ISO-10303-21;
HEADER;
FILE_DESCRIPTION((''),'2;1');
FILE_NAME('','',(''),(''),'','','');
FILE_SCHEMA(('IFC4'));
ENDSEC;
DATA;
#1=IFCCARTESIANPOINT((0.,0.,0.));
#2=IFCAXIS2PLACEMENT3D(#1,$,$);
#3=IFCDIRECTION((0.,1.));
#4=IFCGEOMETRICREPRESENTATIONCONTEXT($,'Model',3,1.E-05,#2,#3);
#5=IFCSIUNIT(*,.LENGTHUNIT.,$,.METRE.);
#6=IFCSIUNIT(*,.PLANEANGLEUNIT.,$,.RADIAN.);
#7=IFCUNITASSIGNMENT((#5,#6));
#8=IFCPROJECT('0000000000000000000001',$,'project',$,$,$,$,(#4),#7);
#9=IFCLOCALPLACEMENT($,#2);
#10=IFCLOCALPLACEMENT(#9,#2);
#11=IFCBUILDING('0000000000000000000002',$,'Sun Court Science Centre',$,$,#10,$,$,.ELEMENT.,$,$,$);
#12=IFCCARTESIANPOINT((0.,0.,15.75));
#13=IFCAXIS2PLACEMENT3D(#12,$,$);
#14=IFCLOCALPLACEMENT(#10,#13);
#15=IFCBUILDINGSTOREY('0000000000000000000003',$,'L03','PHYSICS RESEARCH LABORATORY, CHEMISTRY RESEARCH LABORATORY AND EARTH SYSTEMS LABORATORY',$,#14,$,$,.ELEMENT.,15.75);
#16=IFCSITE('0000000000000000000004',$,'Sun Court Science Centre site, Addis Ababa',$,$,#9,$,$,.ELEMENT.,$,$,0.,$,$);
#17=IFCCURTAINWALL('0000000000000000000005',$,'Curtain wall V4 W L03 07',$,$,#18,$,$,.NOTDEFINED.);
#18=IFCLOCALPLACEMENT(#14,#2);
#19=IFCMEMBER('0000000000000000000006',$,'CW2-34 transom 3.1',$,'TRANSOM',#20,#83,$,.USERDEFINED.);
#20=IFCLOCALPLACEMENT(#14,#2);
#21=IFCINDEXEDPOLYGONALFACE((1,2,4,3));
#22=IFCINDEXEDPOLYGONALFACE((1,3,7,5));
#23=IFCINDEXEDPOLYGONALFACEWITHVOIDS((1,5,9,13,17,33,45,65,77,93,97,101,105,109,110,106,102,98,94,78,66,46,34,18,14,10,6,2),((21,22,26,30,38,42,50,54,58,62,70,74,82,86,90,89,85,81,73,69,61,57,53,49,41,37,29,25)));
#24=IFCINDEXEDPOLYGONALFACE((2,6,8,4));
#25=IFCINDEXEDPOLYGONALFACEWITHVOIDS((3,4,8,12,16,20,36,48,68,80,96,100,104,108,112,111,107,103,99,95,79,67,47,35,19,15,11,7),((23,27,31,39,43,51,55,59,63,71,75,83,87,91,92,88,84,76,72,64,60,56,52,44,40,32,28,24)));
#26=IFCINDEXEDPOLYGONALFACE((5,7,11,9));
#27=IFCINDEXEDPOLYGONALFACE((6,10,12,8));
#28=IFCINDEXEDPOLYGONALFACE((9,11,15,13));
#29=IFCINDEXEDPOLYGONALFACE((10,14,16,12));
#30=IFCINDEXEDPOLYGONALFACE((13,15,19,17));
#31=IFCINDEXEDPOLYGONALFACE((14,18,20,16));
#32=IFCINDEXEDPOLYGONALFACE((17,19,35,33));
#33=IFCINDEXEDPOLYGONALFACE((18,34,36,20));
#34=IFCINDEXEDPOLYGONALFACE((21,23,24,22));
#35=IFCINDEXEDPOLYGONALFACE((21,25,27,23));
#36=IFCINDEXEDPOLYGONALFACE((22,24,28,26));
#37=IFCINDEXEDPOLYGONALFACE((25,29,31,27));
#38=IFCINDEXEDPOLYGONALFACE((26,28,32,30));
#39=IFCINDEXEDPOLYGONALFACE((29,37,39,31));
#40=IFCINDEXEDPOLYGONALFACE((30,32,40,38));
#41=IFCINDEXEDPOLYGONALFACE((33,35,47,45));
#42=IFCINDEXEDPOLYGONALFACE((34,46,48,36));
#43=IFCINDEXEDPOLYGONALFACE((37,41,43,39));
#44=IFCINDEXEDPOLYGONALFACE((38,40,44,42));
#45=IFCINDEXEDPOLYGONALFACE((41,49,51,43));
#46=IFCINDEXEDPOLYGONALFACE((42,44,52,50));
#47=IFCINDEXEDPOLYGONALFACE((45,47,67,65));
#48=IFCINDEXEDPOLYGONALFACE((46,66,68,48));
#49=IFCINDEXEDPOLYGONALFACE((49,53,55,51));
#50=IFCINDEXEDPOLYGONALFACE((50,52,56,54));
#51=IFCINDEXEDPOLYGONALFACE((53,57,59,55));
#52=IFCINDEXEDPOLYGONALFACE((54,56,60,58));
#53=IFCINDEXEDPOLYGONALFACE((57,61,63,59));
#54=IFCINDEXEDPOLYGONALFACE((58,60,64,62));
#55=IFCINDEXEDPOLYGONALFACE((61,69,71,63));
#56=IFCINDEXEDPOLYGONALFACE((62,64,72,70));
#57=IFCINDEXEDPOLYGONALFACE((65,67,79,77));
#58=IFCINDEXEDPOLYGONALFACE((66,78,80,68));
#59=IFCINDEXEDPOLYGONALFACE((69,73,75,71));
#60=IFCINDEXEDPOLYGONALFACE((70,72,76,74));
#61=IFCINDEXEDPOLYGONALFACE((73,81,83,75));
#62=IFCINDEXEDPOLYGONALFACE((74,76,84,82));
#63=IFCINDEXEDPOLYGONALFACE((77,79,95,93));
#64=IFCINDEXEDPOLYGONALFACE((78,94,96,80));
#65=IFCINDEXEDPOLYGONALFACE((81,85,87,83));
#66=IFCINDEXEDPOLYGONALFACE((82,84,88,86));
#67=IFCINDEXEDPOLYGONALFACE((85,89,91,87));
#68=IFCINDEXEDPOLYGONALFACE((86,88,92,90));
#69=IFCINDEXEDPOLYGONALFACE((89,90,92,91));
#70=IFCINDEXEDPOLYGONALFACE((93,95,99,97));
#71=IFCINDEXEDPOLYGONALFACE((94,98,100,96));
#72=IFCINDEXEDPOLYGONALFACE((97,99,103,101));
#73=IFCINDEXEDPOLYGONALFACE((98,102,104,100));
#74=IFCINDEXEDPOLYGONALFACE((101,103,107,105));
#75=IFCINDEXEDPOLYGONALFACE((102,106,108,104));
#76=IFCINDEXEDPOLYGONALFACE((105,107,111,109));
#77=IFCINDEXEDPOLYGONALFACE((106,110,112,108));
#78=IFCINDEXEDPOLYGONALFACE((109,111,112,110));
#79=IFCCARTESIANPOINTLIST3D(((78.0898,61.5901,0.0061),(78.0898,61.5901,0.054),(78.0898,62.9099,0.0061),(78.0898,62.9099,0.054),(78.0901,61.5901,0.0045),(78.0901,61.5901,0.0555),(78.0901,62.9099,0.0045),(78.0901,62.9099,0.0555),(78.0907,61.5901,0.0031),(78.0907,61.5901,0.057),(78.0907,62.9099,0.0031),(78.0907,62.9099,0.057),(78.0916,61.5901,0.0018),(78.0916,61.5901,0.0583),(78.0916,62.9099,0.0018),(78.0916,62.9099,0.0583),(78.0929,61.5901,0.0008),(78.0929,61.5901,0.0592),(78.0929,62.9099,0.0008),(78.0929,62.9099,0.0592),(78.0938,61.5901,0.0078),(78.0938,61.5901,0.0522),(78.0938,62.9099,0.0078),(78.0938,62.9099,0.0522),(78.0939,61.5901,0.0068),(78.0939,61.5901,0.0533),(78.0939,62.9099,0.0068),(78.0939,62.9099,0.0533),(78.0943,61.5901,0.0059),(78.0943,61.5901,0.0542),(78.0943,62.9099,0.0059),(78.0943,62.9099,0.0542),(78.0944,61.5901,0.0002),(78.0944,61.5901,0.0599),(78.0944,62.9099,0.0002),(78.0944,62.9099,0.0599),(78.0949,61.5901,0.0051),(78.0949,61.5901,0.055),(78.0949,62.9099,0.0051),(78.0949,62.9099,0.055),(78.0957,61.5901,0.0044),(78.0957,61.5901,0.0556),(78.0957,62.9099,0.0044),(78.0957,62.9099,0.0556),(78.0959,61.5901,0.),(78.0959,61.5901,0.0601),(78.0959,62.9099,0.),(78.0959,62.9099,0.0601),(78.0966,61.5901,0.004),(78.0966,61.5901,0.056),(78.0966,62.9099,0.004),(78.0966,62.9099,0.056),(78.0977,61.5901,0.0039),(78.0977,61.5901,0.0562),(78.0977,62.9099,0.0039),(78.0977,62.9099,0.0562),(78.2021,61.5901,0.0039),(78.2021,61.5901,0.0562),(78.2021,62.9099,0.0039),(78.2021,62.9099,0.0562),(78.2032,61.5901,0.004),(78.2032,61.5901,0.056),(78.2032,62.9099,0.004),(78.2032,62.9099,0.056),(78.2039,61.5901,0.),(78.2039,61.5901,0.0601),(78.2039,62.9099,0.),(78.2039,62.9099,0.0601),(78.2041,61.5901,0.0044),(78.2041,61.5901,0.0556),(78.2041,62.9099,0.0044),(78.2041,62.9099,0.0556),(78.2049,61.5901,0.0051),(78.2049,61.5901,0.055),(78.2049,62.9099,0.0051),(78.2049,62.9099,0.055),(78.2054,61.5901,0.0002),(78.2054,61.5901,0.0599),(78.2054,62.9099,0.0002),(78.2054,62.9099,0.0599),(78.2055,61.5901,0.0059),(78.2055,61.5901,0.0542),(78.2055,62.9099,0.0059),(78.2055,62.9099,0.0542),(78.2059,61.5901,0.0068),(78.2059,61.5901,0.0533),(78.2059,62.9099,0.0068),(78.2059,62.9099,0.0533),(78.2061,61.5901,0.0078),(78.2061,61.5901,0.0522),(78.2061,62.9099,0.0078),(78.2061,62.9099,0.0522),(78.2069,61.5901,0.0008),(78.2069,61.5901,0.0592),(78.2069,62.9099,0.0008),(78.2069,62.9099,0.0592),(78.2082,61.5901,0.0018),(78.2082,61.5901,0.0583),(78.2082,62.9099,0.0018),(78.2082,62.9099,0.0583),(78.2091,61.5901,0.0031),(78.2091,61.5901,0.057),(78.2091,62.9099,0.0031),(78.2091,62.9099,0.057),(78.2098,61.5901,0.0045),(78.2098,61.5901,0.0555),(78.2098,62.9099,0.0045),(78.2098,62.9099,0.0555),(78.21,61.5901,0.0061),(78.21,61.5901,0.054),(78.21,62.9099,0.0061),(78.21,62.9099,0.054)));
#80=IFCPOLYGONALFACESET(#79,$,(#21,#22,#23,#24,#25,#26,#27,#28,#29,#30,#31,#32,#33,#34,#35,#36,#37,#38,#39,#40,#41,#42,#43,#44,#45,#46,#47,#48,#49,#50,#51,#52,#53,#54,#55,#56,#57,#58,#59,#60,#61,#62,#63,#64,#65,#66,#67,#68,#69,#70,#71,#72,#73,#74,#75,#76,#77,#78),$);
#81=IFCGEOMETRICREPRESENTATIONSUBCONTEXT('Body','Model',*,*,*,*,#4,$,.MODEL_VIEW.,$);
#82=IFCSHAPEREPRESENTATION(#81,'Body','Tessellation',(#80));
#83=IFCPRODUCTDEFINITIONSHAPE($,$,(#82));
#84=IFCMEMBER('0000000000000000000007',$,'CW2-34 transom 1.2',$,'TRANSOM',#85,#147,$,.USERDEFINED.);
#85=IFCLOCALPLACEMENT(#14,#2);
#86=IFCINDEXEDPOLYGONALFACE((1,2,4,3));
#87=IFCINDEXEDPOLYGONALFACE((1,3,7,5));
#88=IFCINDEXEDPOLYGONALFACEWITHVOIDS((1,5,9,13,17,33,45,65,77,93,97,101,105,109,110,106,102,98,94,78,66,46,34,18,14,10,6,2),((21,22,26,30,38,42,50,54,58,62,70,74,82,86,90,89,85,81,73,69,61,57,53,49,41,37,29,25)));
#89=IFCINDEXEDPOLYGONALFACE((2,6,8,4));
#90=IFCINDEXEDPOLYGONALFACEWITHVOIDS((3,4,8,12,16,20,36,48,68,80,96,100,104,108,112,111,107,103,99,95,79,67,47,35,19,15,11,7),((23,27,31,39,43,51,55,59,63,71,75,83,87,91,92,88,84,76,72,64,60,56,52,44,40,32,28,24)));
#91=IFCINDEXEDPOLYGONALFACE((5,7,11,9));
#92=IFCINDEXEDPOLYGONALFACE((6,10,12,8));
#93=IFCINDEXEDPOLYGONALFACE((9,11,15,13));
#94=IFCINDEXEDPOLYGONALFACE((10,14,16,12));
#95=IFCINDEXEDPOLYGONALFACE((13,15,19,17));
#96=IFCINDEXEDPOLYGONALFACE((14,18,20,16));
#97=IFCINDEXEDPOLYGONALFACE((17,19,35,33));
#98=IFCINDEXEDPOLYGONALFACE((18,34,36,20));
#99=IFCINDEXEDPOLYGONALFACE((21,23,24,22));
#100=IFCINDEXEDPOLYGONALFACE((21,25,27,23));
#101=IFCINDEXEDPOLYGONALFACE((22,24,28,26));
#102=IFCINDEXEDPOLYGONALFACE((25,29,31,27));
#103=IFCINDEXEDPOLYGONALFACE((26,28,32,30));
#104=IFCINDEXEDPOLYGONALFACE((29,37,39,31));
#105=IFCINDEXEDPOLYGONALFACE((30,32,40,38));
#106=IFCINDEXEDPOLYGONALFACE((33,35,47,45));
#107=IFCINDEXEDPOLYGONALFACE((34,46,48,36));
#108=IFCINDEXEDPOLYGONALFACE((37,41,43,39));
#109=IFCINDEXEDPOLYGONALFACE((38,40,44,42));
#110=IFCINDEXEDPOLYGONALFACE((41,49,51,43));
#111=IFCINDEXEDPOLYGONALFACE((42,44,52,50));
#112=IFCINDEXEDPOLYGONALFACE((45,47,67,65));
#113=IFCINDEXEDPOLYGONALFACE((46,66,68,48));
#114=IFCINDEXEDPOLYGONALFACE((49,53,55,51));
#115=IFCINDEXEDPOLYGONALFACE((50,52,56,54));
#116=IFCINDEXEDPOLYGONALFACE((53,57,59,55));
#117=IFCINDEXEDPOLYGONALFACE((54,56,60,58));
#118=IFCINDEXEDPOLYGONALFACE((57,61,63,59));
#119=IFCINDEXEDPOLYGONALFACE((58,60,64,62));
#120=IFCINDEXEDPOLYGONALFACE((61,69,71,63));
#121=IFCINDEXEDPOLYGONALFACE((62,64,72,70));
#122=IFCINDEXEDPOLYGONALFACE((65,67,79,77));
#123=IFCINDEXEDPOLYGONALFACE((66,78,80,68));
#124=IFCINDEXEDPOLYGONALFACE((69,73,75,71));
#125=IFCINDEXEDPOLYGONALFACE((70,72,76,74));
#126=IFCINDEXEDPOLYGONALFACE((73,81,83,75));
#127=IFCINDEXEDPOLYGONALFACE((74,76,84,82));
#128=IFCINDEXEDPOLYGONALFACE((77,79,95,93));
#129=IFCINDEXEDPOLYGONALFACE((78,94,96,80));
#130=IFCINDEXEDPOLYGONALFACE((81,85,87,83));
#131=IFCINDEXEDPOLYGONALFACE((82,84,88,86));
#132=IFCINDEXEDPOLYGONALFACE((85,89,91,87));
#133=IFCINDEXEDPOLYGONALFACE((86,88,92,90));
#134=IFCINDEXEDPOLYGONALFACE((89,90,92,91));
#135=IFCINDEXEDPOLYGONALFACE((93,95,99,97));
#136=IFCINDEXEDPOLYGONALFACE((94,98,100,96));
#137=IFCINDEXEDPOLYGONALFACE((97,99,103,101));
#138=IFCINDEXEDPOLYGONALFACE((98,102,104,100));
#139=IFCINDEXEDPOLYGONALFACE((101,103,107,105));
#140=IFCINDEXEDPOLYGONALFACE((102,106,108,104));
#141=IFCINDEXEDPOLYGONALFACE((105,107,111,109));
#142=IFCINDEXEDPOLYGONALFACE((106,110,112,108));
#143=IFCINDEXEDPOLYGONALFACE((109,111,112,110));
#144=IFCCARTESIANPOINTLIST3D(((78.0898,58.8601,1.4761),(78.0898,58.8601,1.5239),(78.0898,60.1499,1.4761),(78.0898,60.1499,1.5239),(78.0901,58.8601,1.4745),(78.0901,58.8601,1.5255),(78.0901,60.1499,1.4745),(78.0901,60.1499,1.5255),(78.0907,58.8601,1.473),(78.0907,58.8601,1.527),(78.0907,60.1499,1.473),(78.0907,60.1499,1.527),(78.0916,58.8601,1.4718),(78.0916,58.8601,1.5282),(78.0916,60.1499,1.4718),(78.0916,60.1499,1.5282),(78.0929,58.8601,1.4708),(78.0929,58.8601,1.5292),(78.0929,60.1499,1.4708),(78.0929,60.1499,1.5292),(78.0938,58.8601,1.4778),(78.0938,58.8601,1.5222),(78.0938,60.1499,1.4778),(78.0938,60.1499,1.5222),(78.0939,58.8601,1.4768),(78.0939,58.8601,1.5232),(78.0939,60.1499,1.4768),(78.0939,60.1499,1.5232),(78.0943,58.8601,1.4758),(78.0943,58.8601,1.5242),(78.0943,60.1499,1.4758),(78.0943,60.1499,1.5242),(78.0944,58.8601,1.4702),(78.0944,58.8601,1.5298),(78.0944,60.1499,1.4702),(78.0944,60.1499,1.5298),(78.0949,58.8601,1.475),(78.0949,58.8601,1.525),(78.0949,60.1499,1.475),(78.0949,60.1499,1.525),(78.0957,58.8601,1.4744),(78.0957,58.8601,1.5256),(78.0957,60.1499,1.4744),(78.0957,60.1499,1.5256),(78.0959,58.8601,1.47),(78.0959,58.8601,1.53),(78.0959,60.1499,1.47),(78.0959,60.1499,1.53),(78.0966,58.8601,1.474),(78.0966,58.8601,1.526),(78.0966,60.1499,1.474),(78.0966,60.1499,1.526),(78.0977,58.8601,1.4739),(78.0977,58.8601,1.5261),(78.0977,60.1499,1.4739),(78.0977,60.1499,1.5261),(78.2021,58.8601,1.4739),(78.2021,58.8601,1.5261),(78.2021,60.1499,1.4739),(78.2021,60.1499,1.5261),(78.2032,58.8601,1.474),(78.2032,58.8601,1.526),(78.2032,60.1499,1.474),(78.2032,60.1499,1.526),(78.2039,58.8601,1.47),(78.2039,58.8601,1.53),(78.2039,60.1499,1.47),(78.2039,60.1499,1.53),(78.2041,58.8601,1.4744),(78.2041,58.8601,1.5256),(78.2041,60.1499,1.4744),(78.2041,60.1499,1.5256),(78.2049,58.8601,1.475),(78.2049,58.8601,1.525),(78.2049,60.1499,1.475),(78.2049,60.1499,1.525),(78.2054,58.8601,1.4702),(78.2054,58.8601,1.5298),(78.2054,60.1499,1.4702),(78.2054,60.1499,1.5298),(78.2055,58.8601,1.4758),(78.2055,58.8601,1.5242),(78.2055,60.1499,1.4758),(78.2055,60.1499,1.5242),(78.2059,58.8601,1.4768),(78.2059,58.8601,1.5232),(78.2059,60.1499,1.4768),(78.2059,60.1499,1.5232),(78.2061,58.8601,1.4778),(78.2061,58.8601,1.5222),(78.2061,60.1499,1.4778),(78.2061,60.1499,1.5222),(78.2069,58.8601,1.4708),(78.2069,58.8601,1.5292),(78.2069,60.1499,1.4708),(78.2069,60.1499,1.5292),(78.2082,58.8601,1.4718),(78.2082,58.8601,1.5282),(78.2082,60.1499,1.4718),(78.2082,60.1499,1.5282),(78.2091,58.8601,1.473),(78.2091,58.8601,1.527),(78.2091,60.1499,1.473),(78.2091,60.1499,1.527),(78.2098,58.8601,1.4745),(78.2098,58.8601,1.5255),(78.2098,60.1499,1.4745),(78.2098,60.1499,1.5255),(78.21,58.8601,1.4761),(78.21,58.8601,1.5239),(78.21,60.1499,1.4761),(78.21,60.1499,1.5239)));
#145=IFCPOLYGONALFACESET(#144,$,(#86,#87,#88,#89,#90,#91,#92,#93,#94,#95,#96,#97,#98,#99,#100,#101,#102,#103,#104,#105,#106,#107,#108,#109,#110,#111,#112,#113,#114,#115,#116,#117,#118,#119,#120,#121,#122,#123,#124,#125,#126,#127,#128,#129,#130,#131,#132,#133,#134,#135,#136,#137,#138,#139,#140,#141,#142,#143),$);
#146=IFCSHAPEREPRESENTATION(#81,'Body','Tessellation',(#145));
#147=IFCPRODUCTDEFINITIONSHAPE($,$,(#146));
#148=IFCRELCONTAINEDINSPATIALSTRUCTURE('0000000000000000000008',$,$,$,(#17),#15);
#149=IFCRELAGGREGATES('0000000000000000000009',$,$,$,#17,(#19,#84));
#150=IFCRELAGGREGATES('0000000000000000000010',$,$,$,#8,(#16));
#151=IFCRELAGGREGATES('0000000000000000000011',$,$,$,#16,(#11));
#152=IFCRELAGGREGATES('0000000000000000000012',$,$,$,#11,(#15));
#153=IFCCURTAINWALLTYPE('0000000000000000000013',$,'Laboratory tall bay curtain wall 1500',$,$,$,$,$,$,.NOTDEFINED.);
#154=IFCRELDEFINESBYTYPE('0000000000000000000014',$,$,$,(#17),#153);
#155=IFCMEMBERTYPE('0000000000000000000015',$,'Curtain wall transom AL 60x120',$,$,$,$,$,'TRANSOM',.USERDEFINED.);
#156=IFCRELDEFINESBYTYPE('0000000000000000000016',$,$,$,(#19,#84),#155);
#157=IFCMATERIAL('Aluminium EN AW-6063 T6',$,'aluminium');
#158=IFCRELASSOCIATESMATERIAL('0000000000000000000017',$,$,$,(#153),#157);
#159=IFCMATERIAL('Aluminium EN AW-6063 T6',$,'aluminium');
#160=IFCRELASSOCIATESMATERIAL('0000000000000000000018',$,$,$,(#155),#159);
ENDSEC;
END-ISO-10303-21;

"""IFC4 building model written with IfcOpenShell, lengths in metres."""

from ifc_helpers import new_model, si_unit, direction, frame, origin, origin_2d, place, context, subcontext, project, spatial, hollow_rectangle, extrude, material, material_profile, profile_set, type_object, element, aggregate, save


model = new_model("IFC4")

# Units and contexts
model_context = context("Model", 3, precision=1e-05, world=origin(), true_north=direction((0.0, 1.0)))
body_context = subcontext(model_context, "Body", "Model", "MODEL_VIEW")
ifc_project = project(units=[si_unit("LENGTHUNIT", "METRE"), si_unit("PLANEANGLEUNIT", "RADIAN")], contexts=[model_context])

# Site, building, storey
site_placement = place(None, origin())
site = spatial("IfcSite", under=ifc_project, at=site_placement, Name="Sun Court Science Centre site, Addis Ababa", CompositionType="ELEMENT", RefElevation=0.0)
building_placement = place(site_placement, origin())
building = spatial("IfcBuilding", under=site, at=building_placement, Name="Sun Court Science Centre", CompositionType="ELEMENT")
storey_placement = place(building_placement, frame((0.0, 0.0, 15.75)))
storey = spatial("IfcBuildingStorey", under=building, at=storey_placement, Name="L03", Description="PHYSICS RESEARCH LABORATORY, CHEMISTRY RESEARCH LABORATORY AND EARTH SYSTEMS LABORATORY", CompositionType="ELEMENT", Elevation=15.75)

# Curtain wall
ifc_material_1 = material(Name="Aluminium EN AW-6063 T6", Category="aluminium")
curtain_wall_type = type_object("IfcCurtainWallType", Name="Laboratory tall bay curtain wall 1500", PredefinedType="NOTDEFINED", material=ifc_material_1)
curtain_wall_1_placement = place(storey_placement, origin())
curtain_wall_1 = element("IfcCurtainWall", 1, at=curtain_wall_1_placement, inside=storey, type_object=curtain_wall_type, Name="Curtain wall V4 W L03 07", PredefinedType="NOTDEFINED")

# Members
ifc_material_2 = material(Name="Aluminium EN AW-6063 T6", Category="aluminium")
ifc_material_profile_1 = material_profile(ifc_material_2, hollow_rectangle(XDim=0.0601, YDim=0.1201, WallThickness=0.0039, InnerFilletRadius=0.0039, OuterFilletRadius=0.0061, at=origin_2d()), Name="AL 60x120x4")
ifc_profile_set_1 = profile_set([ifc_material_profile_1], Name="Aluminium EN AW-6063 T6")
member_type_1 = type_object("IfcMemberType", Name="Curtain wall transom AL 60x120", ElementType="TRANSOM", PredefinedType="USERDEFINED", material=ifc_profile_set_1)
member_1_placement = place(storey_placement, frame((78.1499, 61.5901, 0.03), z_axis=(0.0, 1.0, 0.0), x_axis=(0.0, 0.0, 1.0)))
member_1 = element("IfcMember", 2, at=member_1_placement, type_object=member_type_1, Name="CW2-34 transom 3.1", ObjectType="TRANSOM", PredefinedType="USERDEFINED", context=body_context, shape_type="SweptSolid", body=[
    extrude(hollow_rectangle(XDim=0.0601, YDim=0.1201, WallThickness=0.0039, InnerFilletRadius=0.0039, OuterFilletRadius=0.0061, at=origin_2d()), origin(), (0.0, 0.0, 1.0), 1.3198),
])
member_2_placement = place(storey_placement, frame((78.1499, 58.8601, 1.5), z_axis=(0.0, 1.0, 0.0), x_axis=(0.0, 0.0, 1.0)))
member_2 = element("IfcMember", 3, at=member_2_placement, type_object=member_type_1, Name="CW2-34 transom 1.2", ObjectType="TRANSOM", PredefinedType="USERDEFINED", context=body_context, shape_type="SweptSolid", body=[
    extrude(hollow_rectangle(XDim=0.0601, YDim=0.1201, WallThickness=0.0039, InnerFilletRadius=0.0039, OuterFilletRadius=0.0061, at=origin_2d()), origin(), (0.0, 0.0, 1.0), 1.2898),
])

aggregate(curtain_wall_1, [member_1, member_2])

save(model, "model.ifc")
